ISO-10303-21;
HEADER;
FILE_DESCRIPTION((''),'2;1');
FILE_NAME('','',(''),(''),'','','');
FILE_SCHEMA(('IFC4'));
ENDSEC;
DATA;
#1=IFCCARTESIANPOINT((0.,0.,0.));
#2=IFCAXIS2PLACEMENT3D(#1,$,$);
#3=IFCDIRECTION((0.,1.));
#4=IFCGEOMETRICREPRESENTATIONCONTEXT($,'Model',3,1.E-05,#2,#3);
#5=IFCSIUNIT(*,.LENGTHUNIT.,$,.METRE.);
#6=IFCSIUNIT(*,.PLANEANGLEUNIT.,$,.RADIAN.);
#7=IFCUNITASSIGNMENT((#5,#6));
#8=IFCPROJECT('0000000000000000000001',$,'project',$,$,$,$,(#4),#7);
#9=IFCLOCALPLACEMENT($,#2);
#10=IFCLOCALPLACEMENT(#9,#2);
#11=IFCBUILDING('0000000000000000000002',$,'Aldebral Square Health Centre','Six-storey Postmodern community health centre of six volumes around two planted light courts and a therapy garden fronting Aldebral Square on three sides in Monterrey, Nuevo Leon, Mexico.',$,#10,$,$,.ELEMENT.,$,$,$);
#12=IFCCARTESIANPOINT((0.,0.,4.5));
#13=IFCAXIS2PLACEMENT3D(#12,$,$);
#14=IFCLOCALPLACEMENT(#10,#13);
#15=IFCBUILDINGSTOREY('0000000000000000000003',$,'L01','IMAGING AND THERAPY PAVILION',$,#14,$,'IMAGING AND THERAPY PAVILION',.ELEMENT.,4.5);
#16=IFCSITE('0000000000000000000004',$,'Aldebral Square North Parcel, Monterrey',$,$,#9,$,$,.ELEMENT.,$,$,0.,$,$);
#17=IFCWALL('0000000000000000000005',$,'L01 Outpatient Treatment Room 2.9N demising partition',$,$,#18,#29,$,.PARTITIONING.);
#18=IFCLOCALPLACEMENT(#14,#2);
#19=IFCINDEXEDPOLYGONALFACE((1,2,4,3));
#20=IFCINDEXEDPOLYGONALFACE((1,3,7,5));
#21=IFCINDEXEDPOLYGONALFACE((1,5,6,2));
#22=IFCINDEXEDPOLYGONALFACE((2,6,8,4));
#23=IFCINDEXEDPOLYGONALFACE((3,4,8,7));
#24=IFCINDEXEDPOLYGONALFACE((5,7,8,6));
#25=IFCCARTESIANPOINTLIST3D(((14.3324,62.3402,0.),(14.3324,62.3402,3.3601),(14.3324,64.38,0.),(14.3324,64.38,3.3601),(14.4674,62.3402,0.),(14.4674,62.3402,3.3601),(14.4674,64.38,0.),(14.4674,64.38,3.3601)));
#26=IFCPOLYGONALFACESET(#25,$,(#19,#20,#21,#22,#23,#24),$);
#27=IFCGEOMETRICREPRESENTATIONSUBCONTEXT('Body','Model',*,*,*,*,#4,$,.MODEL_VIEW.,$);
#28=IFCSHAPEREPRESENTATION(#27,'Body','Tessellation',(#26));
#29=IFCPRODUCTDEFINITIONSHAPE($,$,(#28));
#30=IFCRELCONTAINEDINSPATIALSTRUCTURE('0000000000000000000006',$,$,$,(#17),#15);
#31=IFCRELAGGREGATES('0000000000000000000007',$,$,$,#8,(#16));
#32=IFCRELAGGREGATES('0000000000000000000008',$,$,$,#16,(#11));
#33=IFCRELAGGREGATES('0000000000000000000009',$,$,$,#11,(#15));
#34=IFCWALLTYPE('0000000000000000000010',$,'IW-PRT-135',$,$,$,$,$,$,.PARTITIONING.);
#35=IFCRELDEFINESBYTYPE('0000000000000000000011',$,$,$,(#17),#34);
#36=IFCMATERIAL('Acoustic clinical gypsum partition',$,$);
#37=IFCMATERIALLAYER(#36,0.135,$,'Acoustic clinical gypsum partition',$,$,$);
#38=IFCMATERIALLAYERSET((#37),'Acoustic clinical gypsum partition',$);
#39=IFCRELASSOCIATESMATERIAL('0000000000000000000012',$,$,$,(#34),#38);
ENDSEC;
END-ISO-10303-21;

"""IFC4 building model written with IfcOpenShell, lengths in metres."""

from ifc_helpers import new_model, si_unit, direction, frame, frame_2d, origin, place, context, subcontext, project, spatial, rectangle, extrude, material, layer, layer_set, type_object, element, save


model = new_model("IFC4")

# Units and contexts
model_context = context("Model", 3, precision=1e-05, world=origin(), true_north=direction((0.0, 1.0)))
body_context = subcontext(model_context, "Body", "Model", "MODEL_VIEW")
ifc_project = project(units=[si_unit("LENGTHUNIT", "METRE"), si_unit("PLANEANGLEUNIT", "RADIAN")], contexts=[model_context])

# Site, building, storey
site_placement = place(None, origin())
site = spatial("IfcSite", under=ifc_project, at=site_placement, Name="Aldebral Square North Parcel, Monterrey", CompositionType="ELEMENT", RefElevation=0.0)
building_placement = place(site_placement, origin())
building = spatial("IfcBuilding", under=site, at=building_placement, Name="Aldebral Square Health Centre", Description="Six-storey Postmodern community health centre of six volumes around two planted light courts and a therapy garden fronting Aldebral Square on three sides in Monterrey, Nuevo Leon, Mexico.", CompositionType="ELEMENT")
storey_placement = place(building_placement, frame((0.0, 0.0, 4.5)))
storey = spatial("IfcBuildingStorey", under=building, at=storey_placement, Name="L01", Description="IMAGING AND THERAPY PAVILION", LongName="IMAGING AND THERAPY PAVILION", CompositionType="ELEMENT", Elevation=4.5)

# Wall
ifc_material_1 = material(Name="Acoustic clinical gypsum partition")
ifc_layer_1 = layer(ifc_material_1, 0.135, Name="Acoustic clinical gypsum partition")
ifc_layer_set_1 = layer_set([ifc_layer_1], Name="Acoustic clinical gypsum partition")
wall_type_1 = type_object("IfcWallType", Name="IW-PRT-135", PredefinedType="PARTITIONING", material=ifc_layer_set_1)
wall_1_placement = place(storey_placement, frame((14.3999, 62.3401, 0.0), z_axis=(0.0, 0.0, 1.0), x_axis=(0.0, 1.0, 0.0)))
element("IfcWall", 1, at=wall_1_placement, inside=storey, type_object=wall_type_1, Name="L01 Outpatient Treatment Room 2.9N demising partition", PredefinedType="PARTITIONING", context=body_context, shape_type="SweptSolid", body=[
    extrude(rectangle(XDim=2.0398, YDim=0.135, at=frame_2d((1.02, 0.0))), origin(), (0.0, 0.0, 1.0), 3.3601),
])

save(model, "model.ifc")
